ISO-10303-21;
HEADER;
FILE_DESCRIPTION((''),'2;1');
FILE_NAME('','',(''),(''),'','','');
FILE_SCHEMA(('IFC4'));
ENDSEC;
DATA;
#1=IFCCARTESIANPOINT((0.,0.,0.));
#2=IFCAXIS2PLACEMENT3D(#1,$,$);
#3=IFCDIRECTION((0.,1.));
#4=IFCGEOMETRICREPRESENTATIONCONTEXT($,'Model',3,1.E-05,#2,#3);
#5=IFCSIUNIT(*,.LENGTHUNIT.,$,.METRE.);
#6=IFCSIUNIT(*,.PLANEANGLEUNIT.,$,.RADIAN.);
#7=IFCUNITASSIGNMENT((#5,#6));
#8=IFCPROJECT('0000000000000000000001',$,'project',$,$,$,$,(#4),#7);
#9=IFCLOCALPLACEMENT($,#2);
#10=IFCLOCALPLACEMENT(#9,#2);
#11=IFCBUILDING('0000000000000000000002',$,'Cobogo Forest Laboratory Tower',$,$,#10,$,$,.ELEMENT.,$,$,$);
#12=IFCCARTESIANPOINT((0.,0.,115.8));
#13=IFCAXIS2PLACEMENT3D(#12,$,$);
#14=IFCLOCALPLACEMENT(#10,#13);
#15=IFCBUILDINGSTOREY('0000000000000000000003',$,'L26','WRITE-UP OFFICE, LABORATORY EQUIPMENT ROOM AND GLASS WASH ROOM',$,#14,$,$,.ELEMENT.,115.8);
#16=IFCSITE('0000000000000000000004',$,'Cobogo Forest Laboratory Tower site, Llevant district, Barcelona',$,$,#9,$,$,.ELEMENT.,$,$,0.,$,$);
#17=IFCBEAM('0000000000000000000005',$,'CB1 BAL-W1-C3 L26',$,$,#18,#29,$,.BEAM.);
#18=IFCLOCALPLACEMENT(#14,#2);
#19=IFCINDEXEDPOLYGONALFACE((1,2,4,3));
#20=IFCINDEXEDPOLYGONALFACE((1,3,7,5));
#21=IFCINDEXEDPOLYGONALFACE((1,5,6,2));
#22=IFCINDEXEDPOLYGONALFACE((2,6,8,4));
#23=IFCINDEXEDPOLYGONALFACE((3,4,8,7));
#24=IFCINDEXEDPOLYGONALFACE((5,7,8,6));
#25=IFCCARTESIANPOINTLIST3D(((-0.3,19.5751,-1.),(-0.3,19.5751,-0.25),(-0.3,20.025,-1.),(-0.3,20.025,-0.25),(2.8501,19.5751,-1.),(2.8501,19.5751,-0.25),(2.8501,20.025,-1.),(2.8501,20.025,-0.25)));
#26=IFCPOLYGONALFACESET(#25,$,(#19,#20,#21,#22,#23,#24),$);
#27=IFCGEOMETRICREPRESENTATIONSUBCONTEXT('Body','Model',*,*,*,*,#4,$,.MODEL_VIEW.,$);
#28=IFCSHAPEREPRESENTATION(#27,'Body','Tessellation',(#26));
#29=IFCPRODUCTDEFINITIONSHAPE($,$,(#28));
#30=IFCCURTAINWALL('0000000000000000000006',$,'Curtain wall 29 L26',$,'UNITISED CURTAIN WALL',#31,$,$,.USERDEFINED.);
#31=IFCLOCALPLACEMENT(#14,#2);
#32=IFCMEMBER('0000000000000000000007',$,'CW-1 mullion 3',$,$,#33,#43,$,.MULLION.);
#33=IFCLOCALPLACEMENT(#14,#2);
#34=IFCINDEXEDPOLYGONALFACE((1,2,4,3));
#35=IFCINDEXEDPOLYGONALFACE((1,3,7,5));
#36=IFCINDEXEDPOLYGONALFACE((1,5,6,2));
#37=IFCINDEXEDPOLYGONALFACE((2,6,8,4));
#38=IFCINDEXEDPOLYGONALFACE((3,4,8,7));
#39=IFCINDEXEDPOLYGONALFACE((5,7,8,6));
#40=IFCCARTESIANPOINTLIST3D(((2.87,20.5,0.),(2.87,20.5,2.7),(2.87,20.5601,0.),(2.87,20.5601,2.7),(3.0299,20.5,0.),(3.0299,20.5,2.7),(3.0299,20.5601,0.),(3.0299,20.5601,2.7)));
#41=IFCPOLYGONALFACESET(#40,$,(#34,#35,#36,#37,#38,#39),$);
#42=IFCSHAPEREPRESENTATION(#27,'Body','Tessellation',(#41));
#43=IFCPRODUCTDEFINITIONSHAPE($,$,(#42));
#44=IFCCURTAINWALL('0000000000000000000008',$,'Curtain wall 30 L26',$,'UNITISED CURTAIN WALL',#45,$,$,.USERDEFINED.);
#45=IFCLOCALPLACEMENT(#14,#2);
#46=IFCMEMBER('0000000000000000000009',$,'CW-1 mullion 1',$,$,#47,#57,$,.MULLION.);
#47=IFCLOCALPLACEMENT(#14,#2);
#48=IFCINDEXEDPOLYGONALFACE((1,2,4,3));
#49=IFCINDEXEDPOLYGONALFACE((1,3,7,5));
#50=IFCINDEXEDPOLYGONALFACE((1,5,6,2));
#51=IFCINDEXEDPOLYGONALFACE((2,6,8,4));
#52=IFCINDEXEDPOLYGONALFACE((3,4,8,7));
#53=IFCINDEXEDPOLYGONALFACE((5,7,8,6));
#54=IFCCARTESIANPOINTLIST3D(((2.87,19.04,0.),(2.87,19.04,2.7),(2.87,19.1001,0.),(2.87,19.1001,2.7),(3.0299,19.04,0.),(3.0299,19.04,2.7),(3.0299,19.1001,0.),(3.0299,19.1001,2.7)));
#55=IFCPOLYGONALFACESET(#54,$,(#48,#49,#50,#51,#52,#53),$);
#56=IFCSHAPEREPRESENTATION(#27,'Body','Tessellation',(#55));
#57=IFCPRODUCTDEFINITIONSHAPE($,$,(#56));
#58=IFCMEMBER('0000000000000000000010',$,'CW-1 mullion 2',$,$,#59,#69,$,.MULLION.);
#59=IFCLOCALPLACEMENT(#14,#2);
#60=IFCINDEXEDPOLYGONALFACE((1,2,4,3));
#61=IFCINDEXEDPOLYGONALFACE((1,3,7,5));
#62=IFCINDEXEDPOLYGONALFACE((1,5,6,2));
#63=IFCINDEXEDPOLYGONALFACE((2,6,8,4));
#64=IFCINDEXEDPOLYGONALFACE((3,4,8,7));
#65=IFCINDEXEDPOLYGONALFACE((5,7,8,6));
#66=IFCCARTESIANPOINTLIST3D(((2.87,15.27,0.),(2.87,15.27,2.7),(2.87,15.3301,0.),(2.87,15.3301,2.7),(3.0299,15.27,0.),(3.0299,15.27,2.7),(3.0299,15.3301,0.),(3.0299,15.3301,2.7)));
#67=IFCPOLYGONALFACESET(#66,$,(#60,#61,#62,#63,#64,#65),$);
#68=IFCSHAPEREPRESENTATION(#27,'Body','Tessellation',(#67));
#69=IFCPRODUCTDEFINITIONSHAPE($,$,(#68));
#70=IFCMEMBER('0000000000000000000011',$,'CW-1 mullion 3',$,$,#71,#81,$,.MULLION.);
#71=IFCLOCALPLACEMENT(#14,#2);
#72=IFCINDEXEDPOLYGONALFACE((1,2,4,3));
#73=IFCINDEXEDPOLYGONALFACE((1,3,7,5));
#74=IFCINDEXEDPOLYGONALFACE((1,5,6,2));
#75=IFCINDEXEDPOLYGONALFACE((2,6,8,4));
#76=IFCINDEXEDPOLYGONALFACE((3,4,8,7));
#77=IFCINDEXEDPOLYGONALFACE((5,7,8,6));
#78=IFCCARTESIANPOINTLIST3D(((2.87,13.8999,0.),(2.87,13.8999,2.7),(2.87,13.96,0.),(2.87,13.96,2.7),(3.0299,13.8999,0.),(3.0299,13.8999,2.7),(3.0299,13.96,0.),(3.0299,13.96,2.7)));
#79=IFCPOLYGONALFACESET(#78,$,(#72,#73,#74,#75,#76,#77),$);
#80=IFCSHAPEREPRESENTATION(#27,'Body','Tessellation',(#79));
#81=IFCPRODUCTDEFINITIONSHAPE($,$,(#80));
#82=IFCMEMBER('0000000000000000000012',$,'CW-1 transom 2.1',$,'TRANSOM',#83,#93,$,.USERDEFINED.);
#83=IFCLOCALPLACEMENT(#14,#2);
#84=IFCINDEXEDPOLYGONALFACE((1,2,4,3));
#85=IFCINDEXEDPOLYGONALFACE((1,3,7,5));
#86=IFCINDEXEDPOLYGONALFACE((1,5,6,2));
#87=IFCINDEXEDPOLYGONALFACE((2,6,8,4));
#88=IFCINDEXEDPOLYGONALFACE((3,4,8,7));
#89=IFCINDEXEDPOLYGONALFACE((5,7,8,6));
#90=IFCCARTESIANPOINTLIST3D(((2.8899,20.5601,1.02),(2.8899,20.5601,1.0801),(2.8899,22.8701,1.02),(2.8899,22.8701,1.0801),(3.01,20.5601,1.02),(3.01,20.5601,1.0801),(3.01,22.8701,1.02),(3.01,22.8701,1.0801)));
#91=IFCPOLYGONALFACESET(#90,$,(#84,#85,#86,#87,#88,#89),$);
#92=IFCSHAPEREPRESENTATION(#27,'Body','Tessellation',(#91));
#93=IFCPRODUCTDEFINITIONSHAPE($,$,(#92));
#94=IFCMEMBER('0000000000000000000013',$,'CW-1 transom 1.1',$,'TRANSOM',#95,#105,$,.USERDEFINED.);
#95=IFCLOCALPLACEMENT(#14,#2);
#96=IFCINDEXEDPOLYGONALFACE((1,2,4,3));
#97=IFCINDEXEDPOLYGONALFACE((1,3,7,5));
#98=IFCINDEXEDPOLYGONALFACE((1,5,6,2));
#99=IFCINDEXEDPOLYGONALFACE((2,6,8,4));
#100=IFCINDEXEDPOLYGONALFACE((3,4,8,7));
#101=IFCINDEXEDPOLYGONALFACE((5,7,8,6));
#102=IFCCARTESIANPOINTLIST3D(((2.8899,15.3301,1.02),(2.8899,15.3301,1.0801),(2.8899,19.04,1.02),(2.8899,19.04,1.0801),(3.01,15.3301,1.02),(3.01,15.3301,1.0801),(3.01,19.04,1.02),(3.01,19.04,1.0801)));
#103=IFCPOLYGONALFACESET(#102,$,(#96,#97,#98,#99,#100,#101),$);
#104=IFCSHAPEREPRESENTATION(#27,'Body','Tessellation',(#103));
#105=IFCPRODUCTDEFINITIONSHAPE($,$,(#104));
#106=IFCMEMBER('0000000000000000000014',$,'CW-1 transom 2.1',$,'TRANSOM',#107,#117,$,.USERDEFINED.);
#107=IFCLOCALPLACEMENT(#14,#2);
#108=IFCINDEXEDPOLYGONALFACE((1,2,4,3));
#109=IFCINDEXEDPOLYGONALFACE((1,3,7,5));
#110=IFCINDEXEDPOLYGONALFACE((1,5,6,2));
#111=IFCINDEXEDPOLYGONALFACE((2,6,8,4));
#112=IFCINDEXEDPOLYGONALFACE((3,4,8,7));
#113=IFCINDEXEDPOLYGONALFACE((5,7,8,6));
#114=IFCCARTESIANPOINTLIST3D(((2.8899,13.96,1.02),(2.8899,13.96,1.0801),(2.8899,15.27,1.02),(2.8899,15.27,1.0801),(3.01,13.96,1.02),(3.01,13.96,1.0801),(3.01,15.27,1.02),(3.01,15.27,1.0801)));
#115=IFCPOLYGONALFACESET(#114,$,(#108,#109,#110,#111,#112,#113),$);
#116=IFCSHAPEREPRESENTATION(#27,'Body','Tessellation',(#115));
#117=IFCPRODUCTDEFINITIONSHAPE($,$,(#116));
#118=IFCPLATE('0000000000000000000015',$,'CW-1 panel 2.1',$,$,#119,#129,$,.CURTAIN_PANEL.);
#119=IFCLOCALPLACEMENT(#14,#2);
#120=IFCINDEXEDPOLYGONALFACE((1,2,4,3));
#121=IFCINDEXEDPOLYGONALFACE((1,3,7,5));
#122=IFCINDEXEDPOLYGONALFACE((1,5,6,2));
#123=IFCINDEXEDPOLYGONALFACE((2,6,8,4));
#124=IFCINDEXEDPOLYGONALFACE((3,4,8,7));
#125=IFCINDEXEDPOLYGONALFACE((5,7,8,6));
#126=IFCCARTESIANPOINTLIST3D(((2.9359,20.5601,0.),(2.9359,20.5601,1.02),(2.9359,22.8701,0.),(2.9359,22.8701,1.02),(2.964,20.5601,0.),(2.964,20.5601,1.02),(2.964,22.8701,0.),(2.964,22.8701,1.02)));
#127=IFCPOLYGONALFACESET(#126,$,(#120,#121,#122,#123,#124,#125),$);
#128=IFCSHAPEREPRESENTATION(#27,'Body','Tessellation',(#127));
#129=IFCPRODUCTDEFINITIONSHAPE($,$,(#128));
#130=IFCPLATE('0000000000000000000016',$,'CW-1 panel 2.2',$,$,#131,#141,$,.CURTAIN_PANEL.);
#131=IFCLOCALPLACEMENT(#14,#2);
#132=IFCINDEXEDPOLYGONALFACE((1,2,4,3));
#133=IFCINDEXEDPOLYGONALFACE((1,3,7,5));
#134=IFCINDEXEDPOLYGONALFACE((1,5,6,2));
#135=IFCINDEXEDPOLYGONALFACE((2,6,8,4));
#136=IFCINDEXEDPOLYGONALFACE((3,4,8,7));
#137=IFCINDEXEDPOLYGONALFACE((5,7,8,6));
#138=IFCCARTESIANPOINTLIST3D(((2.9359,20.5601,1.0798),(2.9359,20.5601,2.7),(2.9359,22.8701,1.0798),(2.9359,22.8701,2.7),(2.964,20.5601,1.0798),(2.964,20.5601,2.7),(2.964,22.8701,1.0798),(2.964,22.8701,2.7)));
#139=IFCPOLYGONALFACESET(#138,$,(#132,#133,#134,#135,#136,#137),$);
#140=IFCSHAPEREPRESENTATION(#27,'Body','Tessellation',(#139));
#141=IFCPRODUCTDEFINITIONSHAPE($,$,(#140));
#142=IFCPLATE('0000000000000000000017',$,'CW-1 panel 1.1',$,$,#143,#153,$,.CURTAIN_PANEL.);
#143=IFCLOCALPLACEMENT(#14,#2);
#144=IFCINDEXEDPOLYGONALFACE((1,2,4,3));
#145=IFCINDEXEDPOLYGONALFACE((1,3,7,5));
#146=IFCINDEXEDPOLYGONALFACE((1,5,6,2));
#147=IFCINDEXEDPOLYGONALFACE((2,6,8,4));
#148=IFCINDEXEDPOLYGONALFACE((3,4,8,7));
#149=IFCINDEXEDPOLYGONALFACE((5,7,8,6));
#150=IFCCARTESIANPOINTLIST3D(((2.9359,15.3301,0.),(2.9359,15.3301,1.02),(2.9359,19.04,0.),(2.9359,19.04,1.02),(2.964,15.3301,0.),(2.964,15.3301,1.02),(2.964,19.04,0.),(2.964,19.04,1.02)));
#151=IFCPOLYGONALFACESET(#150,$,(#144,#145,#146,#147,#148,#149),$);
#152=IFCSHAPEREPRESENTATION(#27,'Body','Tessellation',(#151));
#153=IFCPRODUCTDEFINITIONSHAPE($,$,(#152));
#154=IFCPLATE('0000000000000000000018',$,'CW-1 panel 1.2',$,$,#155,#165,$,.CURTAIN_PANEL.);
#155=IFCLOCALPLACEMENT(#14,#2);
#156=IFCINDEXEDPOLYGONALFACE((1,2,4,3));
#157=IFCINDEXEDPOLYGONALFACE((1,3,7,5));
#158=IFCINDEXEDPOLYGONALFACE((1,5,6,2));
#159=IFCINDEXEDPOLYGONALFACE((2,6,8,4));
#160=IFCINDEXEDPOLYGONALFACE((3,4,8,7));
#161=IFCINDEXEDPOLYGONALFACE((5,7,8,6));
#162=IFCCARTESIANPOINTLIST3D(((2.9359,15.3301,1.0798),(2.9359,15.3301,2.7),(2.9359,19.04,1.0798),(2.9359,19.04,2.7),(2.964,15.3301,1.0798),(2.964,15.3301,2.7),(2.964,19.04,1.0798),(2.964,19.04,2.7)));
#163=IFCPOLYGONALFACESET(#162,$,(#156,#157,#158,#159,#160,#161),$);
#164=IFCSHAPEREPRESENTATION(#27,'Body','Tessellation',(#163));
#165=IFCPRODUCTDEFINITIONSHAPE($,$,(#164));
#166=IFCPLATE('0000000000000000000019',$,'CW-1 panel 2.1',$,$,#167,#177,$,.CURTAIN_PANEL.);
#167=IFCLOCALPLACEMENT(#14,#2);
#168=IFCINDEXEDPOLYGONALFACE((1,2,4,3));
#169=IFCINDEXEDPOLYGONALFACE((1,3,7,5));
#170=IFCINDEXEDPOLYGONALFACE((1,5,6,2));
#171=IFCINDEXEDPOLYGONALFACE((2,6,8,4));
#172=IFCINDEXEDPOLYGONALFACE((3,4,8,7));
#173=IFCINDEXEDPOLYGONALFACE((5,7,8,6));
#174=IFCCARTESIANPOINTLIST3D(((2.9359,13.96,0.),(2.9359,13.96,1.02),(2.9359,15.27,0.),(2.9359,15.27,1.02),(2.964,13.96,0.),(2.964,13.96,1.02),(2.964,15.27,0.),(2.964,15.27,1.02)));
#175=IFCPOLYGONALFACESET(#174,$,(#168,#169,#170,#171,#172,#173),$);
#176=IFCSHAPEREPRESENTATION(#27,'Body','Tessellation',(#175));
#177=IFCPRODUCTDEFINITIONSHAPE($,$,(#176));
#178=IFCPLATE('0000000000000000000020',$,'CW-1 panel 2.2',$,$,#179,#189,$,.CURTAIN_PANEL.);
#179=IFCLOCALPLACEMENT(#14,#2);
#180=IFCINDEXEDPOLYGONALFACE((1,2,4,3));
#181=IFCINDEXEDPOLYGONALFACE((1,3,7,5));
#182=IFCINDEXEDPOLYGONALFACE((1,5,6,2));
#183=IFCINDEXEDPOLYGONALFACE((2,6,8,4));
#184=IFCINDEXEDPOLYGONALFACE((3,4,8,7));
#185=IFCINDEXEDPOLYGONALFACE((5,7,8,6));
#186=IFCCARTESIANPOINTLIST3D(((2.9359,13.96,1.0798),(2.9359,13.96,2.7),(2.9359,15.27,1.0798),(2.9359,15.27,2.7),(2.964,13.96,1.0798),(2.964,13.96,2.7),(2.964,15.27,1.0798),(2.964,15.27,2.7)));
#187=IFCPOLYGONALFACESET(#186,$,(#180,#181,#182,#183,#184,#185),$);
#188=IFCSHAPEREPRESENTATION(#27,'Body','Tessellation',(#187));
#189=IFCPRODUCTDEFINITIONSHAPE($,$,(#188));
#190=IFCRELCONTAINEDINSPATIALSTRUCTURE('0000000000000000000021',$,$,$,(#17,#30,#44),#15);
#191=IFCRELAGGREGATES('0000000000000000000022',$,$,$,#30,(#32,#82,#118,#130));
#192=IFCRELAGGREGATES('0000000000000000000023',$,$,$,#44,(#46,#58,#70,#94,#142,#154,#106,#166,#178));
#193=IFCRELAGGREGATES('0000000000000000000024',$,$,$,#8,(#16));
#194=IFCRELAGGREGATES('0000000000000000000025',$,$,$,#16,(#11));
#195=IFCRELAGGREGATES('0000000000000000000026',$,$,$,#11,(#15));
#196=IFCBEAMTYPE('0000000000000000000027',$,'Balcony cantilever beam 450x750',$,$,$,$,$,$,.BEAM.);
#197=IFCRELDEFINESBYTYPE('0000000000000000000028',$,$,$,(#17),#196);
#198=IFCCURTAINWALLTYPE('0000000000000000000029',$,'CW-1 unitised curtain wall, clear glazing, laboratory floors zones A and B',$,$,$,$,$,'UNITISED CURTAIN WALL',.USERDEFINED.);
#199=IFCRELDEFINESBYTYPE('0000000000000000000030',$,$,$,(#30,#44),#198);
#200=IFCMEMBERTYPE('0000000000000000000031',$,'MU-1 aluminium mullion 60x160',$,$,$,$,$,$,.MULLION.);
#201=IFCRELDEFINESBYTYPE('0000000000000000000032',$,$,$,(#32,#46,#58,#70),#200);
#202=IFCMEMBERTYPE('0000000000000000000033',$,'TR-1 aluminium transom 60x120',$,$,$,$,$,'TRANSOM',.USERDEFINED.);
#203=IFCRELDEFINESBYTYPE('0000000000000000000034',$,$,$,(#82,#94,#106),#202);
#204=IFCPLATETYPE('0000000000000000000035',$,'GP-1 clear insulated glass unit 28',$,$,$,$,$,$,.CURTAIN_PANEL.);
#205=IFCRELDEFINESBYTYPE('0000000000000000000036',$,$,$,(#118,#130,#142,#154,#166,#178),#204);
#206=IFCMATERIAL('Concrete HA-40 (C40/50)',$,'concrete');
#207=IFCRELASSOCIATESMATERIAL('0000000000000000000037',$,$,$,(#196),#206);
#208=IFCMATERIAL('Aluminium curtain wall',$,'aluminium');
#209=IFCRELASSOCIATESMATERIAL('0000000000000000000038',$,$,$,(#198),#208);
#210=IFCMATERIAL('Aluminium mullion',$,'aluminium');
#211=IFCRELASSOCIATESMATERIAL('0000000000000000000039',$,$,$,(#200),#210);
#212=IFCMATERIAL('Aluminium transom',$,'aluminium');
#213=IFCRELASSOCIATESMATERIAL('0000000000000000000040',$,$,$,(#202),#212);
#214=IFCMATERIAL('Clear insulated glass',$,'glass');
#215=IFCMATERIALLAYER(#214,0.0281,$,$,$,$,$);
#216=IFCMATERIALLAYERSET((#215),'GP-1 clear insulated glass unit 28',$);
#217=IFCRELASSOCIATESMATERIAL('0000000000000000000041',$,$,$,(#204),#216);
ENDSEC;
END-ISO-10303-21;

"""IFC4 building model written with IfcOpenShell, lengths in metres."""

from ifc_helpers import new_model, si_unit, direction, frame, origin, origin_2d, place, context, subcontext, project, spatial, rectangle, extrude, material, layer, layer_set, material_profile, profile_set, type_object, element, aggregate, save


model = new_model("IFC4")

# Units and contexts
model_context = context("Model", 3, precision=1e-05, world=origin(), true_north=direction((0.0, 1.0)))
body_context = subcontext(model_context, "Body", "Model", "MODEL_VIEW")
ifc_project = project(units=[si_unit("LENGTHUNIT", "METRE"), si_unit("PLANEANGLEUNIT", "RADIAN")], contexts=[model_context])

# Site, building, storey
site_placement = place(None, origin())
site = spatial("IfcSite", under=ifc_project, at=site_placement, Name="Cobogo Forest Laboratory Tower site, Llevant district, Barcelona", CompositionType="ELEMENT", RefElevation=0.0)
building_placement = place(site_placement, origin())
building = spatial("IfcBuilding", under=site, at=building_placement, Name="Cobogo Forest Laboratory Tower", CompositionType="ELEMENT")
storey_placement = place(building_placement, frame((0.0, 0.0, 115.8)))
storey = spatial("IfcBuildingStorey", under=building, at=storey_placement, Name="L26", Description="WRITE-UP OFFICE, LABORATORY EQUIPMENT ROOM AND GLASS WASH ROOM", CompositionType="ELEMENT", Elevation=115.8)

# Beam
ifc_material_1 = material(Name="Concrete HA-40 (C40/50)", Category="concrete")
ifc_material_profile_1 = material_profile(ifc_material_1, rectangle(XDim=0.45, YDim=0.75, at=origin_2d()), Name="RC 450x750")
ifc_profile_set_1 = profile_set([ifc_material_profile_1], Name="Concrete HA-40 (C40/50)")
beam_type = type_object("IfcBeamType", Name="Balcony cantilever beam 450x750", PredefinedType="BEAM", material=ifc_profile_set_1)
beam_placement = place(storey_placement, frame((2.8501, 19.8, -0.625), z_axis=(-1.0, 0.0, 0.0), x_axis=(0.0, -1.0, 0.0)))
element("IfcBeam", 1, at=beam_placement, inside=storey, type_object=beam_type, Name="CB1 BAL-W1-C3 L26", PredefinedType="BEAM", context=body_context, shape_type="SweptSolid", body=[
    extrude(rectangle(XDim=0.45, YDim=0.75, at=origin_2d()), origin(), (0.0, 0.0, 1.0), 3.1501),
])

# Curtain wall, member
ifc_material_2 = material(Name="Aluminium curtain wall", Category="aluminium")
curtain_wall_type = type_object("IfcCurtainWallType", Name="CW-1 unitised curtain wall, clear glazing, laboratory floors zones A and B", ElementType="UNITISED CURTAIN WALL", PredefinedType="USERDEFINED", material=ifc_material_2)
curtain_wall_1_placement = place(storey_placement, origin())
curtain_wall_1 = element("IfcCurtainWall", 2, at=curtain_wall_1_placement, inside=storey, type_object=curtain_wall_type, Name="Curtain wall 29 L26", ObjectType="UNITISED CURTAIN WALL", PredefinedType="USERDEFINED")
ifc_material_3 = material(Name="Aluminium mullion", Category="aluminium")
ifc_material_profile_2 = material_profile(ifc_material_3, rectangle(XDim=0.0601, YDim=0.1599, at=origin_2d()), Name="AL 60x160")
ifc_profile_set_2 = profile_set([ifc_material_profile_2], Name="Aluminium mullion")
member_type_1 = type_object("IfcMemberType", Name="MU-1 aluminium mullion 60x160", PredefinedType="MULLION", material=ifc_profile_set_2)
member_1_placement = place(storey_placement, frame((2.95, 20.53, 0.0), z_axis=(0.0, 0.0, 1.0), x_axis=(0.0, -1.0, 0.0)))
member_1 = element("IfcMember", 3, at=member_1_placement, type_object=member_type_1, Name="CW-1 mullion 3", PredefinedType="MULLION", context=body_context, shape_type="SweptSolid", body=[
    extrude(rectangle(XDim=0.0601, YDim=0.1599, at=origin_2d()), origin(), (0.0, 0.0, 1.0), 2.7),
])

# Curtain wall, members
curtain_wall_2_placement = place(storey_placement, origin())
curtain_wall_2 = element("IfcCurtainWall", 4, at=curtain_wall_2_placement, inside=storey, type_object=curtain_wall_type, Name="Curtain wall 30 L26", ObjectType="UNITISED CURTAIN WALL", PredefinedType="USERDEFINED")
member_2_placement = place(storey_placement, frame((2.95, 19.0701, 0.0), z_axis=(0.0, 0.0, 1.0), x_axis=(0.0, -1.0, 0.0)))
member_2 = element("IfcMember", 5, at=member_2_placement, type_object=member_type_1, Name="CW-1 mullion 1", PredefinedType="MULLION", context=body_context, shape_type="SweptSolid", body=[
    extrude(rectangle(XDim=0.0601, YDim=0.1599, at=origin_2d()), origin(), (0.0, 0.0, 1.0), 2.7),
])
member_3_placement = place(storey_placement, frame((2.95, 15.3, 0.0), z_axis=(0.0, 0.0, 1.0), x_axis=(0.0, -1.0, 0.0)))
member_3 = element("IfcMember", 6, at=member_3_placement, type_object=member_type_1, Name="CW-1 mullion 2", PredefinedType="MULLION", context=body_context, shape_type="SweptSolid", body=[
    extrude(rectangle(XDim=0.0601, YDim=0.1599, at=origin_2d()), origin(), (0.0, 0.0, 1.0), 2.7),
])
member_4_placement = place(storey_placement, frame((2.95, 13.9299, 0.0), z_axis=(0.0, 0.0, 1.0), x_axis=(0.0, -1.0, 0.0)))
member_4 = element("IfcMember", 7, at=member_4_placement, type_object=member_type_1, Name="CW-1 mullion 3", PredefinedType="MULLION", context=body_context, shape_type="SweptSolid", body=[
    extrude(rectangle(XDim=0.0601, YDim=0.1599, at=origin_2d()), origin(), (0.0, 0.0, 1.0), 2.7),
])

# Members
ifc_material_4 = material(Name="Aluminium transom", Category="aluminium")
ifc_material_profile_3 = material_profile(ifc_material_4, rectangle(XDim=0.1201, YDim=0.0601, at=origin_2d()), Name="AL 60x120")
ifc_profile_set_3 = profile_set([ifc_material_profile_3], Name="Aluminium transom")
member_type_2 = type_object("IfcMemberType", Name="TR-1 aluminium transom 60x120", ElementType="TRANSOM", PredefinedType="USERDEFINED", material=ifc_profile_set_3)
member_5_placement = place(storey_placement, frame((2.95, 22.8701, 1.05), z_axis=(0.0, -1.0, 0.0), x_axis=(1.0, 0.0, 0.0)))
member_5 = element("IfcMember", 8, at=member_5_placement, type_object=member_type_2, Name="CW-1 transom 2.1", ObjectType="TRANSOM", PredefinedType="USERDEFINED", context=body_context, shape_type="SweptSolid", body=[
    extrude(rectangle(XDim=0.1201, YDim=0.0601, at=origin_2d()), origin(), (0.0, 0.0, 1.0), 2.3101),
])
member_6_placement = place(storey_placement, frame((2.95, 19.04, 1.05), z_axis=(0.0, -1.0, 0.0), x_axis=(1.0, 0.0, 0.0)))
member_6 = element("IfcMember", 9, at=member_6_placement, type_object=member_type_2, Name="CW-1 transom 1.1", ObjectType="TRANSOM", PredefinedType="USERDEFINED", context=body_context, shape_type="SweptSolid", body=[
    extrude(rectangle(XDim=0.1201, YDim=0.0601, at=origin_2d()), origin(), (0.0, 0.0, 1.0), 3.71),
])
member_7_placement = place(storey_placement, frame((2.95, 15.27, 1.05), z_axis=(0.0, -1.0, 0.0), x_axis=(1.0, 0.0, 0.0)))
member_7 = element("IfcMember", 10, at=member_7_placement, type_object=member_type_2, Name="CW-1 transom 2.1", ObjectType="TRANSOM", PredefinedType="USERDEFINED", context=body_context, shape_type="SweptSolid", body=[
    extrude(rectangle(XDim=0.1201, YDim=0.0601, at=origin_2d()), origin(), (0.0, 0.0, 1.0), 1.3101),
])

# Plates
ifc_material_5 = material(Name="Clear insulated glass", Category="glass")
ifc_layer = layer(ifc_material_5, 0.0281)
ifc_layer_set = layer_set([ifc_layer], Name="GP-1 clear insulated glass unit 28")
plate_type_1 = type_object("IfcPlateType", Name="GP-1 clear insulated glass unit 28", PredefinedType="CURTAIN_PANEL", material=ifc_layer_set)
plate_1_placement = place(storey_placement, frame((2.95, 21.7151, 0.0), z_axis=(0.0, 0.0, 1.0), x_axis=(0.0, -1.0, 0.0)))
plate_1 = element("IfcPlate", 11, at=plate_1_placement, type_object=plate_type_1, Name="CW-1 panel 2.1", PredefinedType="CURTAIN_PANEL", context=body_context, shape_type="SweptSolid", body=[
    extrude(rectangle(XDim=2.3101, YDim=0.0281, at=origin_2d()), origin(), (0.0, 0.0, 1.0), 1.02),
])
plate_2_placement = place(storey_placement, frame((2.95, 21.7151, 1.0798), z_axis=(0.0, 0.0, 1.0), x_axis=(0.0, -1.0, 0.0)))
plate_2 = element("IfcPlate", 12, at=plate_2_placement, type_object=plate_type_1, Name="CW-1 panel 2.2", PredefinedType="CURTAIN_PANEL", context=body_context, shape_type="SweptSolid", body=[
    extrude(rectangle(XDim=2.3101, YDim=0.0281, at=origin_2d()), origin(), (0.0, 0.0, 1.0), 1.6201),
])
aggregate(curtain_wall_1, [member_1, member_5, plate_1, plate_2])
plate_3_placement = place(storey_placement, frame((2.95, 17.1851, 0.0), z_axis=(0.0, 0.0, 1.0), x_axis=(0.0, -1.0, 0.0)))
plate_3 = element("IfcPlate", 13, at=plate_3_placement, type_object=plate_type_1, Name="CW-1 panel 1.1", PredefinedType="CURTAIN_PANEL", context=body_context, shape_type="SweptSolid", body=[
    extrude(rectangle(XDim=3.71, YDim=0.0281, at=origin_2d()), origin(), (0.0, 0.0, 1.0), 1.02),
])
plate_4_placement = place(storey_placement, frame((2.95, 17.1851, 1.0798), z_axis=(0.0, 0.0, 1.0), x_axis=(0.0, -1.0, 0.0)))
plate_4 = element("IfcPlate", 14, at=plate_4_placement, type_object=plate_type_1, Name="CW-1 panel 1.2", PredefinedType="CURTAIN_PANEL", context=body_context, shape_type="SweptSolid", body=[
    extrude(rectangle(XDim=3.71, YDim=0.0281, at=origin_2d()), origin(), (0.0, 0.0, 1.0), 1.6201),
])
plate_5_placement = place(storey_placement, frame((2.95, 14.615, 0.0), z_axis=(0.0, 0.0, 1.0), x_axis=(0.0, -1.0, 0.0)))
plate_5 = element("IfcPlate", 15, at=plate_5_placement, type_object=plate_type_1, Name="CW-1 panel 2.1", PredefinedType="CURTAIN_PANEL", context=body_context, shape_type="SweptSolid", body=[
    extrude(rectangle(XDim=1.3101, YDim=0.0281, at=origin_2d()), origin(), (0.0, 0.0, 1.0), 1.02),
])
plate_6_placement = place(storey_placement, frame((2.95, 14.615, 1.0798), z_axis=(0.0, 0.0, 1.0), x_axis=(0.0, -1.0, 0.0)))
plate_6 = element("IfcPlate", 16, at=plate_6_placement, type_object=plate_type_1, Name="CW-1 panel 2.2", PredefinedType="CURTAIN_PANEL", context=body_context, shape_type="SweptSolid", body=[
    extrude(rectangle(XDim=1.3101, YDim=0.0281, at=origin_2d()), origin(), (0.0, 0.0, 1.0), 1.6201),
])
aggregate(curtain_wall_2, [member_2, member_3, member_4, member_6, plate_3, plate_4, member_7, plate_5, plate_6])

save(model, "model.ifc")
